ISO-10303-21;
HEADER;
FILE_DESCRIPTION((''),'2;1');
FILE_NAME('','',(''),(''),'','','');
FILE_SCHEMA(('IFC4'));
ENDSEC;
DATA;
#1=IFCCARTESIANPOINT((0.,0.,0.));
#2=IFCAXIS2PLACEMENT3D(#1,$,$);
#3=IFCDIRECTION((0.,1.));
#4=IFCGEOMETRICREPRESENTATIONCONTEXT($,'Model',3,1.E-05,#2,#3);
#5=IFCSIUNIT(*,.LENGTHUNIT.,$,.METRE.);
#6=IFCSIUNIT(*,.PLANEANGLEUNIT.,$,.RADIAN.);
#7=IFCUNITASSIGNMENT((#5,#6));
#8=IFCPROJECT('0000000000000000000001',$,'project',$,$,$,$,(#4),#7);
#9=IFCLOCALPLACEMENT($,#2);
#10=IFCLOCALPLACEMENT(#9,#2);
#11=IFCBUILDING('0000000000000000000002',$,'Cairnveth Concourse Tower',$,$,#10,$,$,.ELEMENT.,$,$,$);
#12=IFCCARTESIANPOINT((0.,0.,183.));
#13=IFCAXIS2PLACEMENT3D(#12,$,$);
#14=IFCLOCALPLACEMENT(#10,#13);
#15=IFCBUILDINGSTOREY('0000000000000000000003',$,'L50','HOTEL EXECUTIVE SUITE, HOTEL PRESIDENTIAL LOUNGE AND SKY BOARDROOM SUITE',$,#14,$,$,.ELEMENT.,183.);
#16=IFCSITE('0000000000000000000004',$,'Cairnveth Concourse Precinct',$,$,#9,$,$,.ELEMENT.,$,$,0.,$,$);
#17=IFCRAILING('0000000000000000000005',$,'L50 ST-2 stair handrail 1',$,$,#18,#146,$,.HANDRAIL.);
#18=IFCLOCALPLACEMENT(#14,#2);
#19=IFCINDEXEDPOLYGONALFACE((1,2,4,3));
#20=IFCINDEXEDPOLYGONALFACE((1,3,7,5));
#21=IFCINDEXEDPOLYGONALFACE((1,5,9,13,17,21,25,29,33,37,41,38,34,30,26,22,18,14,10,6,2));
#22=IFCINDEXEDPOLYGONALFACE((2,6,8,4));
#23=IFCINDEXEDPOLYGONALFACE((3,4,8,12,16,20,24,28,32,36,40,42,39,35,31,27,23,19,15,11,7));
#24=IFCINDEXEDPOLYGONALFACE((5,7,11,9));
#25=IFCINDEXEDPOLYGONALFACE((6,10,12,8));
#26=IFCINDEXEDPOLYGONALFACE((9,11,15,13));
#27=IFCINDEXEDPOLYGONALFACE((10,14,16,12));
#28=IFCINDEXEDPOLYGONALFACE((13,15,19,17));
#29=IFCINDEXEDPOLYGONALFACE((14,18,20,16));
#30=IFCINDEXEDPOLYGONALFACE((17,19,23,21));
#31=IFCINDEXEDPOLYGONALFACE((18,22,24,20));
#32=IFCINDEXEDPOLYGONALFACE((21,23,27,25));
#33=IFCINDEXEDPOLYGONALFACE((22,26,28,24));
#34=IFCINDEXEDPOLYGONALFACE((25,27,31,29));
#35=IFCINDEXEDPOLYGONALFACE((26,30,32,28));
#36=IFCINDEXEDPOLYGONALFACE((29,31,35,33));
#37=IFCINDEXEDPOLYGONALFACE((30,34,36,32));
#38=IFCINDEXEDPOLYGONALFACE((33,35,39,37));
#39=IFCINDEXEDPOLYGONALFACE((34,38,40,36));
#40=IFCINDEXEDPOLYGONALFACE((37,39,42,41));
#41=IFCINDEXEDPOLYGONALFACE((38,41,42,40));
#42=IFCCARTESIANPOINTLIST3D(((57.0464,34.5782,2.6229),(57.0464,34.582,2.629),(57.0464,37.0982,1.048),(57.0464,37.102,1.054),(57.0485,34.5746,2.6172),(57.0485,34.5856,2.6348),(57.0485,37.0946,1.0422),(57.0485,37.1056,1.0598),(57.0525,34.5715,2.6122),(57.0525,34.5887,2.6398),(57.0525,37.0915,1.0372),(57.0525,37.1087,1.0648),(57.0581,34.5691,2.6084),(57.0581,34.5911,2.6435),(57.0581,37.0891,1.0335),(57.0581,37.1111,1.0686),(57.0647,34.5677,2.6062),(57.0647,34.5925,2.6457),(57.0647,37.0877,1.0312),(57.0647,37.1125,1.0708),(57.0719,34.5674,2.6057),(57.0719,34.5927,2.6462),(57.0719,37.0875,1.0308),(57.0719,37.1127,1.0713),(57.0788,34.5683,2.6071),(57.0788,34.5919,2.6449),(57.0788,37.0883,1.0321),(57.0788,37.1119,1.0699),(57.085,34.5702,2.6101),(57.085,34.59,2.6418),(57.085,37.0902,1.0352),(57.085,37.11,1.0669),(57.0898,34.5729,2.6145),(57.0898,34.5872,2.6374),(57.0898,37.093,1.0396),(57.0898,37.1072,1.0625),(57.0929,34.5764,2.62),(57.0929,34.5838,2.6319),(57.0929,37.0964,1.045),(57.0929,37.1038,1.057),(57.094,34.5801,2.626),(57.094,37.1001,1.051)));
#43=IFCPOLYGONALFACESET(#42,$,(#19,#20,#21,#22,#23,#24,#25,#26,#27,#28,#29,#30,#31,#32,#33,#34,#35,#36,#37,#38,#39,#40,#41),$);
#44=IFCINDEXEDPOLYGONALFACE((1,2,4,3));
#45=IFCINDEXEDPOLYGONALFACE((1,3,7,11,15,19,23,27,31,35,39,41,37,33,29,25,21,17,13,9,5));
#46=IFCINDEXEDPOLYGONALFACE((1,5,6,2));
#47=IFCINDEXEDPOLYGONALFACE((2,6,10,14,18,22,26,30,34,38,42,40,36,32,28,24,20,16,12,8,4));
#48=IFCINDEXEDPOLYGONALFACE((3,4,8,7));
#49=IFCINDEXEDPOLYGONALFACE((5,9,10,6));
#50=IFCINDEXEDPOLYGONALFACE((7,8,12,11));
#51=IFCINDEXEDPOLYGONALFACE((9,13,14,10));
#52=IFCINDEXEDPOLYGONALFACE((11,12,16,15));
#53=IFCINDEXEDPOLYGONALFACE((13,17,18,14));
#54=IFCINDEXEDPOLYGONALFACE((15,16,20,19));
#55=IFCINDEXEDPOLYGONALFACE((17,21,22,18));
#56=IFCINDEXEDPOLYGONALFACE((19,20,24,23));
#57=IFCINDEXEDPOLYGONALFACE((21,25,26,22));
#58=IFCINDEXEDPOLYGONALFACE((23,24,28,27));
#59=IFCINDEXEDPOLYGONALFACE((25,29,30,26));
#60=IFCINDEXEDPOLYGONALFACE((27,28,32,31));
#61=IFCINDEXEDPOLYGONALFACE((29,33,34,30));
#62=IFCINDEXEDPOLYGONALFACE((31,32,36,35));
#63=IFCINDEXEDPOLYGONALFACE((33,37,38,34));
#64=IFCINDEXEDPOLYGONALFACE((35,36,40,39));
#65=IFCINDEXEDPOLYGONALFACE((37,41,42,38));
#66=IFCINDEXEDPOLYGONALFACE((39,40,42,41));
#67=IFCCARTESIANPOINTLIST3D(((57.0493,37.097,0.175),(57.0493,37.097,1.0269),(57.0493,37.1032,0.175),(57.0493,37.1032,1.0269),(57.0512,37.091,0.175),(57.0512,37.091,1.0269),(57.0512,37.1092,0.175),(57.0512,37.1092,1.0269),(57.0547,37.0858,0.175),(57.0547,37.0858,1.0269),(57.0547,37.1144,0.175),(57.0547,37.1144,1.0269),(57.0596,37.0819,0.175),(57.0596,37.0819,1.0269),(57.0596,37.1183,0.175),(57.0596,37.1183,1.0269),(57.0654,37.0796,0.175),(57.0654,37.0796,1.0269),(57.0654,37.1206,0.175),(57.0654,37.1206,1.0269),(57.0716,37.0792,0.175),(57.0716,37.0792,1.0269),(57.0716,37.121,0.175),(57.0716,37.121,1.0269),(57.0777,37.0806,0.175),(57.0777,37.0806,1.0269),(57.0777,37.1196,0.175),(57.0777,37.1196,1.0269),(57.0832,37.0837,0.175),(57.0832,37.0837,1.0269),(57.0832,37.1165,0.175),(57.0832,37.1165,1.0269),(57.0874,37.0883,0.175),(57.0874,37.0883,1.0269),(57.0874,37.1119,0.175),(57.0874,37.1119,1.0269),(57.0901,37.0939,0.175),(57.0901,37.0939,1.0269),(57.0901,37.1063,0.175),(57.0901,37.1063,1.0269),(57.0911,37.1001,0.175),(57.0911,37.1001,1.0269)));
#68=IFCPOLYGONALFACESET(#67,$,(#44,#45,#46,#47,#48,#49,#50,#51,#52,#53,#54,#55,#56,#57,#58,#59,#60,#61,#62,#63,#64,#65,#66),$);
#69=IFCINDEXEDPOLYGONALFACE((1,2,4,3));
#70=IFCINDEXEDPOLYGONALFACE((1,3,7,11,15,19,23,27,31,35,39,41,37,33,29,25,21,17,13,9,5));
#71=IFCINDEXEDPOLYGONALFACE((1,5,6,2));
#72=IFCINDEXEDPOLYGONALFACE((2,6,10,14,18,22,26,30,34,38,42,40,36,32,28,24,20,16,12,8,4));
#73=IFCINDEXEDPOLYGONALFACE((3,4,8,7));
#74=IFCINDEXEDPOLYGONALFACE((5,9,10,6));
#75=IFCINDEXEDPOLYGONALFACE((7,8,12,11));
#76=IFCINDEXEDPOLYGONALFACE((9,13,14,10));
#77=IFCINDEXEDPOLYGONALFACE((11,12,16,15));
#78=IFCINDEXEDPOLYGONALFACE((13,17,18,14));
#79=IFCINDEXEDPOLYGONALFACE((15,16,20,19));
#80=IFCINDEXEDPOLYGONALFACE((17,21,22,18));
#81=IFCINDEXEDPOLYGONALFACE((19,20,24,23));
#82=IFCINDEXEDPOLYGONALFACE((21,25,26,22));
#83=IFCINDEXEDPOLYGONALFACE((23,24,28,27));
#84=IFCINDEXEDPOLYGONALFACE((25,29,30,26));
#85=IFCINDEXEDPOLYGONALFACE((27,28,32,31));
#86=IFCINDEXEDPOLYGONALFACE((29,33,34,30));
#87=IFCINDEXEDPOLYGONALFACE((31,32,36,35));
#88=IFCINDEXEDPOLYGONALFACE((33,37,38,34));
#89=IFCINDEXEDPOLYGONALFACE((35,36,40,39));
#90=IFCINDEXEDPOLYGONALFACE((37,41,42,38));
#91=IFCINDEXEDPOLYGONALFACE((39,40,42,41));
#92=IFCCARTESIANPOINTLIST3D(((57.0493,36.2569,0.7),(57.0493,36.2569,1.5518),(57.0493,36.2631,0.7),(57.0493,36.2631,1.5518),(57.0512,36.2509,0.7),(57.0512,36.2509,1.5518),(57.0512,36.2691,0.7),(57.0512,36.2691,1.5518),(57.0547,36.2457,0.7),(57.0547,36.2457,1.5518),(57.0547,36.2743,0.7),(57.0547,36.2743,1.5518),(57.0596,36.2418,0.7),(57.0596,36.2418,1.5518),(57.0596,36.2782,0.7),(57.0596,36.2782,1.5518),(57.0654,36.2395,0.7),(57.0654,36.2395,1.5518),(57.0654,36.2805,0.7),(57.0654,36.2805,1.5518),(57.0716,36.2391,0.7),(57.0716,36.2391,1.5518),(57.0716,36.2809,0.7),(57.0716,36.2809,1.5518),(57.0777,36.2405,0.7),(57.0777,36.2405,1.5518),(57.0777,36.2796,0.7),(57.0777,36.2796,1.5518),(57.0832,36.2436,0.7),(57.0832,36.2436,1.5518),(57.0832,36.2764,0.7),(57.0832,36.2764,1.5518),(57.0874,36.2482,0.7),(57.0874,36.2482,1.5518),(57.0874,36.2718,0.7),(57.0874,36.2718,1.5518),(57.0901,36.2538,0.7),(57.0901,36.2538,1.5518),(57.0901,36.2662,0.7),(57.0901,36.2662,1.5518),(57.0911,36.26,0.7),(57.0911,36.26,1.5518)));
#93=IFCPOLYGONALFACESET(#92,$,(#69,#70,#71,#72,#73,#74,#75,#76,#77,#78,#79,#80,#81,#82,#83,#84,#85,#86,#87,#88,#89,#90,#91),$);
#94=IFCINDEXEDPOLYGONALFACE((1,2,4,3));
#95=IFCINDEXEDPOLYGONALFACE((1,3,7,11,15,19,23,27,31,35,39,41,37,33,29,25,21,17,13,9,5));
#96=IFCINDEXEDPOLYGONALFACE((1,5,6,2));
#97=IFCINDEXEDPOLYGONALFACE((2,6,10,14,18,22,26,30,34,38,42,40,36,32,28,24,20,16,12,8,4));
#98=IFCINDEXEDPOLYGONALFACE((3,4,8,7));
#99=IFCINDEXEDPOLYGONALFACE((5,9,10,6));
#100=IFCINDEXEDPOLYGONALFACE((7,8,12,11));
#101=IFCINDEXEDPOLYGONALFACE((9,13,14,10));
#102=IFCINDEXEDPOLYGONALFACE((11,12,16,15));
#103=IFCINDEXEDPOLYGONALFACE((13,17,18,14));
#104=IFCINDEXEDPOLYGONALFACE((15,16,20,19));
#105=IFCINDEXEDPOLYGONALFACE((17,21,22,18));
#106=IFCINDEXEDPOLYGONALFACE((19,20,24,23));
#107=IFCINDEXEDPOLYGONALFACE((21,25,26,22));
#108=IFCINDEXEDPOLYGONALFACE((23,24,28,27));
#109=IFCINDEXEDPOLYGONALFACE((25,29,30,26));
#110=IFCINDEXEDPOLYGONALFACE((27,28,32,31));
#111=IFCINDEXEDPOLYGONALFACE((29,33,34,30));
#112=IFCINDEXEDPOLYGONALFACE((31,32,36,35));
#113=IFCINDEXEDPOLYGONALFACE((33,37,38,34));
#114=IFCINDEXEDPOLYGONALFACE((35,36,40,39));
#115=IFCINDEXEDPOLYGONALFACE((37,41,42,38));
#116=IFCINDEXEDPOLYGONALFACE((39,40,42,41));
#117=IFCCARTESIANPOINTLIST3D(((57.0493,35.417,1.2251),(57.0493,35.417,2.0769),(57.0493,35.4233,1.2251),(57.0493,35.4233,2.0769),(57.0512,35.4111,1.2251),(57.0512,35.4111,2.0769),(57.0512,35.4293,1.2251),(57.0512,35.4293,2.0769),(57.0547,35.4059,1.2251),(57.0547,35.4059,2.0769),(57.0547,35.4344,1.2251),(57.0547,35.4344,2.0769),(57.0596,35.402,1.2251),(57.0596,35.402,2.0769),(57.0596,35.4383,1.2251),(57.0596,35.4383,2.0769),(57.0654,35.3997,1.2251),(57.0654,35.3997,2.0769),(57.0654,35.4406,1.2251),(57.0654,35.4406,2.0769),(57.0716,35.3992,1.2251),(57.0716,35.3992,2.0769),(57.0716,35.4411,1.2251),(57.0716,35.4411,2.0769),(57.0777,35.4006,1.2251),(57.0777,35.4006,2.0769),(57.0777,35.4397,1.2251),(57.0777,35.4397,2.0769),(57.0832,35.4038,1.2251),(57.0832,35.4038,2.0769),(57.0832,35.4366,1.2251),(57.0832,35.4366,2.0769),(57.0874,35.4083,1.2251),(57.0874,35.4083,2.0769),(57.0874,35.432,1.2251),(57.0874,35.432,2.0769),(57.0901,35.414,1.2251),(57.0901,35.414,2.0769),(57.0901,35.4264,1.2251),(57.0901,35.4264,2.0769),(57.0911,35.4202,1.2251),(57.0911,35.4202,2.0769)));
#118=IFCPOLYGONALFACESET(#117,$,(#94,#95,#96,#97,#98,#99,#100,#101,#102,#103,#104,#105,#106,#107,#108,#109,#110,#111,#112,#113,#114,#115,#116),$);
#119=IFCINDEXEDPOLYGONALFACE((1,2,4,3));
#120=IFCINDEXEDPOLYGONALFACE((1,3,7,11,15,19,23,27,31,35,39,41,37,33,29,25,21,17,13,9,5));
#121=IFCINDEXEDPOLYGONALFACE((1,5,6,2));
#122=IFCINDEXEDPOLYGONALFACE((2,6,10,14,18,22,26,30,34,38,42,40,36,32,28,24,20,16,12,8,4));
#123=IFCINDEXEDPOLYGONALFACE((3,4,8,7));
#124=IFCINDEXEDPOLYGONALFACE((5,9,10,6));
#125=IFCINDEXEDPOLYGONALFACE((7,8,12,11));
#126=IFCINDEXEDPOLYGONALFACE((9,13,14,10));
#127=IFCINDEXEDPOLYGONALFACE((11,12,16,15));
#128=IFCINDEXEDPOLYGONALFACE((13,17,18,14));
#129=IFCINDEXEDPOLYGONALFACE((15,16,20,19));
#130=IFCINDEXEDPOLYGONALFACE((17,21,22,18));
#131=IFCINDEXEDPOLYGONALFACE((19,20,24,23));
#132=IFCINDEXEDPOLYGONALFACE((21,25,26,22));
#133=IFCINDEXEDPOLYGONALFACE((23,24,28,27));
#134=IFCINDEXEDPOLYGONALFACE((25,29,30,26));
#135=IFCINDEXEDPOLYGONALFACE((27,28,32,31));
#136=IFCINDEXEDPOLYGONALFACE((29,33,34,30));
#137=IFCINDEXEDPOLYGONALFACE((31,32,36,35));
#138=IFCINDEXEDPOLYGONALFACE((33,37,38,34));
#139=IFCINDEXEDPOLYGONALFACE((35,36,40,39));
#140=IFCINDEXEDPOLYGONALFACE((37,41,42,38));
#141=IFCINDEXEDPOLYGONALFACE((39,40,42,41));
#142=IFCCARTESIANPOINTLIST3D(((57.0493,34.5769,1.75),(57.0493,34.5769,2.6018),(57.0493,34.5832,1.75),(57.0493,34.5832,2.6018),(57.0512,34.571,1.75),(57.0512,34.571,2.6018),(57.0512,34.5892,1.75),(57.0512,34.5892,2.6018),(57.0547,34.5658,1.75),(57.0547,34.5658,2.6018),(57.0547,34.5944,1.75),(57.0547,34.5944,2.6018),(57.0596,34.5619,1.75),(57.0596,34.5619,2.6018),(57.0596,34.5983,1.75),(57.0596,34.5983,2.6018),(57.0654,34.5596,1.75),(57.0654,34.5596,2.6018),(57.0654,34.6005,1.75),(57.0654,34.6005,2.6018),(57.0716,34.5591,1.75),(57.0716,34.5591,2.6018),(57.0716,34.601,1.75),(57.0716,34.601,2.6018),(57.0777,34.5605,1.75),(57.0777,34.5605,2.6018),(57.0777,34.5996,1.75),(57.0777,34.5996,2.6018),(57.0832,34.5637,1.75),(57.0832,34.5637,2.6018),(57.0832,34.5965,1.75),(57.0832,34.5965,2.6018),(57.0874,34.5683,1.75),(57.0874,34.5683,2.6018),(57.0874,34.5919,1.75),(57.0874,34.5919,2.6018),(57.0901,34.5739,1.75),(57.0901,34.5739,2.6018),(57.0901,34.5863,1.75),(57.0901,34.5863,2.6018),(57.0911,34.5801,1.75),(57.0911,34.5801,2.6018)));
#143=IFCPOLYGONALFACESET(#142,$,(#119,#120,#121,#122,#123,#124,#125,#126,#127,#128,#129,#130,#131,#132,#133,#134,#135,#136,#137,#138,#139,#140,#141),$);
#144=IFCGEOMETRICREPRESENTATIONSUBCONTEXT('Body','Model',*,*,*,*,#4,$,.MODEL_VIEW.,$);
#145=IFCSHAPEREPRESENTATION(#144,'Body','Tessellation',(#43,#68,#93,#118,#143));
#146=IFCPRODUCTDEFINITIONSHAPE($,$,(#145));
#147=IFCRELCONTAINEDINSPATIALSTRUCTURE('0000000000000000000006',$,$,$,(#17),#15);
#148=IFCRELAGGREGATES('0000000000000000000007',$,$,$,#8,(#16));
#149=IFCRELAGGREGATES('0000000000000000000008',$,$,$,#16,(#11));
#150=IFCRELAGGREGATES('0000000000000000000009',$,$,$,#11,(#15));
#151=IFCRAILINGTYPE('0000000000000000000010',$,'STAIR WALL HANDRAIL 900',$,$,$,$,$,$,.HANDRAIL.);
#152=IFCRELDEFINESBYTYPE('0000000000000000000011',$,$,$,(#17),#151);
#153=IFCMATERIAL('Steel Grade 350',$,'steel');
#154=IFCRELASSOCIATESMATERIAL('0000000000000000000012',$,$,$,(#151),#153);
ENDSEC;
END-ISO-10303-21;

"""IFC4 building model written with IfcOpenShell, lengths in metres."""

from ifc_helpers import new_model, si_unit, direction, frame, origin, origin_2d, place, context, subcontext, project, spatial, circle, extrude, material, type_object, element, save


model = new_model("IFC4")

# Units and contexts
model_context = context("Model", 3, precision=1e-05, world=origin(), true_north=direction((0.0, 1.0)))
body_context = subcontext(model_context, "Body", "Model", "MODEL_VIEW")
ifc_project = project(units=[si_unit("LENGTHUNIT", "METRE"), si_unit("PLANEANGLEUNIT", "RADIAN")], contexts=[model_context])

# Site, building, storey
site_placement = place(None, origin())
site = spatial("IfcSite", under=ifc_project, at=site_placement, Name="Cairnveth Concourse Precinct", CompositionType="ELEMENT", RefElevation=0.0)
building_placement = place(site_placement, origin())
building = spatial("IfcBuilding", under=site, at=building_placement, Name="Cairnveth Concourse Tower", CompositionType="ELEMENT")
storey_placement = place(building_placement, frame((0.0, 0.0, 183.0)))
storey = spatial("IfcBuildingStorey", under=building, at=storey_placement, Name="L50", Description="HOTEL EXECUTIVE SUITE, HOTEL PRESIDENTIAL LOUNGE AND SKY BOARDROOM SUITE", CompositionType="ELEMENT", Elevation=183.0)

# Shared definitions
ifc_material_1 = material(Name="Steel Grade 350", Category="steel")

# Railing
railing_type_1 = type_object("IfcRailingType", Name="STAIR WALL HANDRAIL 900", PredefinedType="HANDRAIL", material=ifc_material_1)
railing_1_placement = place(storey_placement, frame((57.0701, 37.1001, 0.175)))
element("IfcRailing", 1, at=railing_1_placement, inside=storey, type_object=railing_type_1, Name="L50 ST-2 stair handrail 1", PredefinedType="HANDRAIL", context=body_context, shape_type="SweptSolid", body=[
    extrude(circle(Radius=0.0239, at=origin_2d()), frame((0.0, 0.0, 0.876), z_axis=(0.0, -0.848008, 0.529984), x_axis=(1.0, 0.0, 0.0)), (0.0, 0.0, 1.0), 2.9717),
    extrude(circle(Radius=0.021, at=origin_2d()), origin(), (0.0, 0.0, 1.0), 0.8518),
    extrude(circle(Radius=0.021, at=origin_2d()), frame((0.0, -0.8401, 0.5249)), (0.0, 0.0, 1.0), 0.8518),
    extrude(circle(Radius=0.021, at=origin_2d()), frame((0.0, -1.6799, 1.05)), (0.0, 0.0, 1.0), 0.8518),
    extrude(circle(Radius=0.021, at=origin_2d()), frame((0.0, -2.52, 1.575)), (0.0, 0.0, 1.0), 0.8518),
])

save(model, "model.ifc")
